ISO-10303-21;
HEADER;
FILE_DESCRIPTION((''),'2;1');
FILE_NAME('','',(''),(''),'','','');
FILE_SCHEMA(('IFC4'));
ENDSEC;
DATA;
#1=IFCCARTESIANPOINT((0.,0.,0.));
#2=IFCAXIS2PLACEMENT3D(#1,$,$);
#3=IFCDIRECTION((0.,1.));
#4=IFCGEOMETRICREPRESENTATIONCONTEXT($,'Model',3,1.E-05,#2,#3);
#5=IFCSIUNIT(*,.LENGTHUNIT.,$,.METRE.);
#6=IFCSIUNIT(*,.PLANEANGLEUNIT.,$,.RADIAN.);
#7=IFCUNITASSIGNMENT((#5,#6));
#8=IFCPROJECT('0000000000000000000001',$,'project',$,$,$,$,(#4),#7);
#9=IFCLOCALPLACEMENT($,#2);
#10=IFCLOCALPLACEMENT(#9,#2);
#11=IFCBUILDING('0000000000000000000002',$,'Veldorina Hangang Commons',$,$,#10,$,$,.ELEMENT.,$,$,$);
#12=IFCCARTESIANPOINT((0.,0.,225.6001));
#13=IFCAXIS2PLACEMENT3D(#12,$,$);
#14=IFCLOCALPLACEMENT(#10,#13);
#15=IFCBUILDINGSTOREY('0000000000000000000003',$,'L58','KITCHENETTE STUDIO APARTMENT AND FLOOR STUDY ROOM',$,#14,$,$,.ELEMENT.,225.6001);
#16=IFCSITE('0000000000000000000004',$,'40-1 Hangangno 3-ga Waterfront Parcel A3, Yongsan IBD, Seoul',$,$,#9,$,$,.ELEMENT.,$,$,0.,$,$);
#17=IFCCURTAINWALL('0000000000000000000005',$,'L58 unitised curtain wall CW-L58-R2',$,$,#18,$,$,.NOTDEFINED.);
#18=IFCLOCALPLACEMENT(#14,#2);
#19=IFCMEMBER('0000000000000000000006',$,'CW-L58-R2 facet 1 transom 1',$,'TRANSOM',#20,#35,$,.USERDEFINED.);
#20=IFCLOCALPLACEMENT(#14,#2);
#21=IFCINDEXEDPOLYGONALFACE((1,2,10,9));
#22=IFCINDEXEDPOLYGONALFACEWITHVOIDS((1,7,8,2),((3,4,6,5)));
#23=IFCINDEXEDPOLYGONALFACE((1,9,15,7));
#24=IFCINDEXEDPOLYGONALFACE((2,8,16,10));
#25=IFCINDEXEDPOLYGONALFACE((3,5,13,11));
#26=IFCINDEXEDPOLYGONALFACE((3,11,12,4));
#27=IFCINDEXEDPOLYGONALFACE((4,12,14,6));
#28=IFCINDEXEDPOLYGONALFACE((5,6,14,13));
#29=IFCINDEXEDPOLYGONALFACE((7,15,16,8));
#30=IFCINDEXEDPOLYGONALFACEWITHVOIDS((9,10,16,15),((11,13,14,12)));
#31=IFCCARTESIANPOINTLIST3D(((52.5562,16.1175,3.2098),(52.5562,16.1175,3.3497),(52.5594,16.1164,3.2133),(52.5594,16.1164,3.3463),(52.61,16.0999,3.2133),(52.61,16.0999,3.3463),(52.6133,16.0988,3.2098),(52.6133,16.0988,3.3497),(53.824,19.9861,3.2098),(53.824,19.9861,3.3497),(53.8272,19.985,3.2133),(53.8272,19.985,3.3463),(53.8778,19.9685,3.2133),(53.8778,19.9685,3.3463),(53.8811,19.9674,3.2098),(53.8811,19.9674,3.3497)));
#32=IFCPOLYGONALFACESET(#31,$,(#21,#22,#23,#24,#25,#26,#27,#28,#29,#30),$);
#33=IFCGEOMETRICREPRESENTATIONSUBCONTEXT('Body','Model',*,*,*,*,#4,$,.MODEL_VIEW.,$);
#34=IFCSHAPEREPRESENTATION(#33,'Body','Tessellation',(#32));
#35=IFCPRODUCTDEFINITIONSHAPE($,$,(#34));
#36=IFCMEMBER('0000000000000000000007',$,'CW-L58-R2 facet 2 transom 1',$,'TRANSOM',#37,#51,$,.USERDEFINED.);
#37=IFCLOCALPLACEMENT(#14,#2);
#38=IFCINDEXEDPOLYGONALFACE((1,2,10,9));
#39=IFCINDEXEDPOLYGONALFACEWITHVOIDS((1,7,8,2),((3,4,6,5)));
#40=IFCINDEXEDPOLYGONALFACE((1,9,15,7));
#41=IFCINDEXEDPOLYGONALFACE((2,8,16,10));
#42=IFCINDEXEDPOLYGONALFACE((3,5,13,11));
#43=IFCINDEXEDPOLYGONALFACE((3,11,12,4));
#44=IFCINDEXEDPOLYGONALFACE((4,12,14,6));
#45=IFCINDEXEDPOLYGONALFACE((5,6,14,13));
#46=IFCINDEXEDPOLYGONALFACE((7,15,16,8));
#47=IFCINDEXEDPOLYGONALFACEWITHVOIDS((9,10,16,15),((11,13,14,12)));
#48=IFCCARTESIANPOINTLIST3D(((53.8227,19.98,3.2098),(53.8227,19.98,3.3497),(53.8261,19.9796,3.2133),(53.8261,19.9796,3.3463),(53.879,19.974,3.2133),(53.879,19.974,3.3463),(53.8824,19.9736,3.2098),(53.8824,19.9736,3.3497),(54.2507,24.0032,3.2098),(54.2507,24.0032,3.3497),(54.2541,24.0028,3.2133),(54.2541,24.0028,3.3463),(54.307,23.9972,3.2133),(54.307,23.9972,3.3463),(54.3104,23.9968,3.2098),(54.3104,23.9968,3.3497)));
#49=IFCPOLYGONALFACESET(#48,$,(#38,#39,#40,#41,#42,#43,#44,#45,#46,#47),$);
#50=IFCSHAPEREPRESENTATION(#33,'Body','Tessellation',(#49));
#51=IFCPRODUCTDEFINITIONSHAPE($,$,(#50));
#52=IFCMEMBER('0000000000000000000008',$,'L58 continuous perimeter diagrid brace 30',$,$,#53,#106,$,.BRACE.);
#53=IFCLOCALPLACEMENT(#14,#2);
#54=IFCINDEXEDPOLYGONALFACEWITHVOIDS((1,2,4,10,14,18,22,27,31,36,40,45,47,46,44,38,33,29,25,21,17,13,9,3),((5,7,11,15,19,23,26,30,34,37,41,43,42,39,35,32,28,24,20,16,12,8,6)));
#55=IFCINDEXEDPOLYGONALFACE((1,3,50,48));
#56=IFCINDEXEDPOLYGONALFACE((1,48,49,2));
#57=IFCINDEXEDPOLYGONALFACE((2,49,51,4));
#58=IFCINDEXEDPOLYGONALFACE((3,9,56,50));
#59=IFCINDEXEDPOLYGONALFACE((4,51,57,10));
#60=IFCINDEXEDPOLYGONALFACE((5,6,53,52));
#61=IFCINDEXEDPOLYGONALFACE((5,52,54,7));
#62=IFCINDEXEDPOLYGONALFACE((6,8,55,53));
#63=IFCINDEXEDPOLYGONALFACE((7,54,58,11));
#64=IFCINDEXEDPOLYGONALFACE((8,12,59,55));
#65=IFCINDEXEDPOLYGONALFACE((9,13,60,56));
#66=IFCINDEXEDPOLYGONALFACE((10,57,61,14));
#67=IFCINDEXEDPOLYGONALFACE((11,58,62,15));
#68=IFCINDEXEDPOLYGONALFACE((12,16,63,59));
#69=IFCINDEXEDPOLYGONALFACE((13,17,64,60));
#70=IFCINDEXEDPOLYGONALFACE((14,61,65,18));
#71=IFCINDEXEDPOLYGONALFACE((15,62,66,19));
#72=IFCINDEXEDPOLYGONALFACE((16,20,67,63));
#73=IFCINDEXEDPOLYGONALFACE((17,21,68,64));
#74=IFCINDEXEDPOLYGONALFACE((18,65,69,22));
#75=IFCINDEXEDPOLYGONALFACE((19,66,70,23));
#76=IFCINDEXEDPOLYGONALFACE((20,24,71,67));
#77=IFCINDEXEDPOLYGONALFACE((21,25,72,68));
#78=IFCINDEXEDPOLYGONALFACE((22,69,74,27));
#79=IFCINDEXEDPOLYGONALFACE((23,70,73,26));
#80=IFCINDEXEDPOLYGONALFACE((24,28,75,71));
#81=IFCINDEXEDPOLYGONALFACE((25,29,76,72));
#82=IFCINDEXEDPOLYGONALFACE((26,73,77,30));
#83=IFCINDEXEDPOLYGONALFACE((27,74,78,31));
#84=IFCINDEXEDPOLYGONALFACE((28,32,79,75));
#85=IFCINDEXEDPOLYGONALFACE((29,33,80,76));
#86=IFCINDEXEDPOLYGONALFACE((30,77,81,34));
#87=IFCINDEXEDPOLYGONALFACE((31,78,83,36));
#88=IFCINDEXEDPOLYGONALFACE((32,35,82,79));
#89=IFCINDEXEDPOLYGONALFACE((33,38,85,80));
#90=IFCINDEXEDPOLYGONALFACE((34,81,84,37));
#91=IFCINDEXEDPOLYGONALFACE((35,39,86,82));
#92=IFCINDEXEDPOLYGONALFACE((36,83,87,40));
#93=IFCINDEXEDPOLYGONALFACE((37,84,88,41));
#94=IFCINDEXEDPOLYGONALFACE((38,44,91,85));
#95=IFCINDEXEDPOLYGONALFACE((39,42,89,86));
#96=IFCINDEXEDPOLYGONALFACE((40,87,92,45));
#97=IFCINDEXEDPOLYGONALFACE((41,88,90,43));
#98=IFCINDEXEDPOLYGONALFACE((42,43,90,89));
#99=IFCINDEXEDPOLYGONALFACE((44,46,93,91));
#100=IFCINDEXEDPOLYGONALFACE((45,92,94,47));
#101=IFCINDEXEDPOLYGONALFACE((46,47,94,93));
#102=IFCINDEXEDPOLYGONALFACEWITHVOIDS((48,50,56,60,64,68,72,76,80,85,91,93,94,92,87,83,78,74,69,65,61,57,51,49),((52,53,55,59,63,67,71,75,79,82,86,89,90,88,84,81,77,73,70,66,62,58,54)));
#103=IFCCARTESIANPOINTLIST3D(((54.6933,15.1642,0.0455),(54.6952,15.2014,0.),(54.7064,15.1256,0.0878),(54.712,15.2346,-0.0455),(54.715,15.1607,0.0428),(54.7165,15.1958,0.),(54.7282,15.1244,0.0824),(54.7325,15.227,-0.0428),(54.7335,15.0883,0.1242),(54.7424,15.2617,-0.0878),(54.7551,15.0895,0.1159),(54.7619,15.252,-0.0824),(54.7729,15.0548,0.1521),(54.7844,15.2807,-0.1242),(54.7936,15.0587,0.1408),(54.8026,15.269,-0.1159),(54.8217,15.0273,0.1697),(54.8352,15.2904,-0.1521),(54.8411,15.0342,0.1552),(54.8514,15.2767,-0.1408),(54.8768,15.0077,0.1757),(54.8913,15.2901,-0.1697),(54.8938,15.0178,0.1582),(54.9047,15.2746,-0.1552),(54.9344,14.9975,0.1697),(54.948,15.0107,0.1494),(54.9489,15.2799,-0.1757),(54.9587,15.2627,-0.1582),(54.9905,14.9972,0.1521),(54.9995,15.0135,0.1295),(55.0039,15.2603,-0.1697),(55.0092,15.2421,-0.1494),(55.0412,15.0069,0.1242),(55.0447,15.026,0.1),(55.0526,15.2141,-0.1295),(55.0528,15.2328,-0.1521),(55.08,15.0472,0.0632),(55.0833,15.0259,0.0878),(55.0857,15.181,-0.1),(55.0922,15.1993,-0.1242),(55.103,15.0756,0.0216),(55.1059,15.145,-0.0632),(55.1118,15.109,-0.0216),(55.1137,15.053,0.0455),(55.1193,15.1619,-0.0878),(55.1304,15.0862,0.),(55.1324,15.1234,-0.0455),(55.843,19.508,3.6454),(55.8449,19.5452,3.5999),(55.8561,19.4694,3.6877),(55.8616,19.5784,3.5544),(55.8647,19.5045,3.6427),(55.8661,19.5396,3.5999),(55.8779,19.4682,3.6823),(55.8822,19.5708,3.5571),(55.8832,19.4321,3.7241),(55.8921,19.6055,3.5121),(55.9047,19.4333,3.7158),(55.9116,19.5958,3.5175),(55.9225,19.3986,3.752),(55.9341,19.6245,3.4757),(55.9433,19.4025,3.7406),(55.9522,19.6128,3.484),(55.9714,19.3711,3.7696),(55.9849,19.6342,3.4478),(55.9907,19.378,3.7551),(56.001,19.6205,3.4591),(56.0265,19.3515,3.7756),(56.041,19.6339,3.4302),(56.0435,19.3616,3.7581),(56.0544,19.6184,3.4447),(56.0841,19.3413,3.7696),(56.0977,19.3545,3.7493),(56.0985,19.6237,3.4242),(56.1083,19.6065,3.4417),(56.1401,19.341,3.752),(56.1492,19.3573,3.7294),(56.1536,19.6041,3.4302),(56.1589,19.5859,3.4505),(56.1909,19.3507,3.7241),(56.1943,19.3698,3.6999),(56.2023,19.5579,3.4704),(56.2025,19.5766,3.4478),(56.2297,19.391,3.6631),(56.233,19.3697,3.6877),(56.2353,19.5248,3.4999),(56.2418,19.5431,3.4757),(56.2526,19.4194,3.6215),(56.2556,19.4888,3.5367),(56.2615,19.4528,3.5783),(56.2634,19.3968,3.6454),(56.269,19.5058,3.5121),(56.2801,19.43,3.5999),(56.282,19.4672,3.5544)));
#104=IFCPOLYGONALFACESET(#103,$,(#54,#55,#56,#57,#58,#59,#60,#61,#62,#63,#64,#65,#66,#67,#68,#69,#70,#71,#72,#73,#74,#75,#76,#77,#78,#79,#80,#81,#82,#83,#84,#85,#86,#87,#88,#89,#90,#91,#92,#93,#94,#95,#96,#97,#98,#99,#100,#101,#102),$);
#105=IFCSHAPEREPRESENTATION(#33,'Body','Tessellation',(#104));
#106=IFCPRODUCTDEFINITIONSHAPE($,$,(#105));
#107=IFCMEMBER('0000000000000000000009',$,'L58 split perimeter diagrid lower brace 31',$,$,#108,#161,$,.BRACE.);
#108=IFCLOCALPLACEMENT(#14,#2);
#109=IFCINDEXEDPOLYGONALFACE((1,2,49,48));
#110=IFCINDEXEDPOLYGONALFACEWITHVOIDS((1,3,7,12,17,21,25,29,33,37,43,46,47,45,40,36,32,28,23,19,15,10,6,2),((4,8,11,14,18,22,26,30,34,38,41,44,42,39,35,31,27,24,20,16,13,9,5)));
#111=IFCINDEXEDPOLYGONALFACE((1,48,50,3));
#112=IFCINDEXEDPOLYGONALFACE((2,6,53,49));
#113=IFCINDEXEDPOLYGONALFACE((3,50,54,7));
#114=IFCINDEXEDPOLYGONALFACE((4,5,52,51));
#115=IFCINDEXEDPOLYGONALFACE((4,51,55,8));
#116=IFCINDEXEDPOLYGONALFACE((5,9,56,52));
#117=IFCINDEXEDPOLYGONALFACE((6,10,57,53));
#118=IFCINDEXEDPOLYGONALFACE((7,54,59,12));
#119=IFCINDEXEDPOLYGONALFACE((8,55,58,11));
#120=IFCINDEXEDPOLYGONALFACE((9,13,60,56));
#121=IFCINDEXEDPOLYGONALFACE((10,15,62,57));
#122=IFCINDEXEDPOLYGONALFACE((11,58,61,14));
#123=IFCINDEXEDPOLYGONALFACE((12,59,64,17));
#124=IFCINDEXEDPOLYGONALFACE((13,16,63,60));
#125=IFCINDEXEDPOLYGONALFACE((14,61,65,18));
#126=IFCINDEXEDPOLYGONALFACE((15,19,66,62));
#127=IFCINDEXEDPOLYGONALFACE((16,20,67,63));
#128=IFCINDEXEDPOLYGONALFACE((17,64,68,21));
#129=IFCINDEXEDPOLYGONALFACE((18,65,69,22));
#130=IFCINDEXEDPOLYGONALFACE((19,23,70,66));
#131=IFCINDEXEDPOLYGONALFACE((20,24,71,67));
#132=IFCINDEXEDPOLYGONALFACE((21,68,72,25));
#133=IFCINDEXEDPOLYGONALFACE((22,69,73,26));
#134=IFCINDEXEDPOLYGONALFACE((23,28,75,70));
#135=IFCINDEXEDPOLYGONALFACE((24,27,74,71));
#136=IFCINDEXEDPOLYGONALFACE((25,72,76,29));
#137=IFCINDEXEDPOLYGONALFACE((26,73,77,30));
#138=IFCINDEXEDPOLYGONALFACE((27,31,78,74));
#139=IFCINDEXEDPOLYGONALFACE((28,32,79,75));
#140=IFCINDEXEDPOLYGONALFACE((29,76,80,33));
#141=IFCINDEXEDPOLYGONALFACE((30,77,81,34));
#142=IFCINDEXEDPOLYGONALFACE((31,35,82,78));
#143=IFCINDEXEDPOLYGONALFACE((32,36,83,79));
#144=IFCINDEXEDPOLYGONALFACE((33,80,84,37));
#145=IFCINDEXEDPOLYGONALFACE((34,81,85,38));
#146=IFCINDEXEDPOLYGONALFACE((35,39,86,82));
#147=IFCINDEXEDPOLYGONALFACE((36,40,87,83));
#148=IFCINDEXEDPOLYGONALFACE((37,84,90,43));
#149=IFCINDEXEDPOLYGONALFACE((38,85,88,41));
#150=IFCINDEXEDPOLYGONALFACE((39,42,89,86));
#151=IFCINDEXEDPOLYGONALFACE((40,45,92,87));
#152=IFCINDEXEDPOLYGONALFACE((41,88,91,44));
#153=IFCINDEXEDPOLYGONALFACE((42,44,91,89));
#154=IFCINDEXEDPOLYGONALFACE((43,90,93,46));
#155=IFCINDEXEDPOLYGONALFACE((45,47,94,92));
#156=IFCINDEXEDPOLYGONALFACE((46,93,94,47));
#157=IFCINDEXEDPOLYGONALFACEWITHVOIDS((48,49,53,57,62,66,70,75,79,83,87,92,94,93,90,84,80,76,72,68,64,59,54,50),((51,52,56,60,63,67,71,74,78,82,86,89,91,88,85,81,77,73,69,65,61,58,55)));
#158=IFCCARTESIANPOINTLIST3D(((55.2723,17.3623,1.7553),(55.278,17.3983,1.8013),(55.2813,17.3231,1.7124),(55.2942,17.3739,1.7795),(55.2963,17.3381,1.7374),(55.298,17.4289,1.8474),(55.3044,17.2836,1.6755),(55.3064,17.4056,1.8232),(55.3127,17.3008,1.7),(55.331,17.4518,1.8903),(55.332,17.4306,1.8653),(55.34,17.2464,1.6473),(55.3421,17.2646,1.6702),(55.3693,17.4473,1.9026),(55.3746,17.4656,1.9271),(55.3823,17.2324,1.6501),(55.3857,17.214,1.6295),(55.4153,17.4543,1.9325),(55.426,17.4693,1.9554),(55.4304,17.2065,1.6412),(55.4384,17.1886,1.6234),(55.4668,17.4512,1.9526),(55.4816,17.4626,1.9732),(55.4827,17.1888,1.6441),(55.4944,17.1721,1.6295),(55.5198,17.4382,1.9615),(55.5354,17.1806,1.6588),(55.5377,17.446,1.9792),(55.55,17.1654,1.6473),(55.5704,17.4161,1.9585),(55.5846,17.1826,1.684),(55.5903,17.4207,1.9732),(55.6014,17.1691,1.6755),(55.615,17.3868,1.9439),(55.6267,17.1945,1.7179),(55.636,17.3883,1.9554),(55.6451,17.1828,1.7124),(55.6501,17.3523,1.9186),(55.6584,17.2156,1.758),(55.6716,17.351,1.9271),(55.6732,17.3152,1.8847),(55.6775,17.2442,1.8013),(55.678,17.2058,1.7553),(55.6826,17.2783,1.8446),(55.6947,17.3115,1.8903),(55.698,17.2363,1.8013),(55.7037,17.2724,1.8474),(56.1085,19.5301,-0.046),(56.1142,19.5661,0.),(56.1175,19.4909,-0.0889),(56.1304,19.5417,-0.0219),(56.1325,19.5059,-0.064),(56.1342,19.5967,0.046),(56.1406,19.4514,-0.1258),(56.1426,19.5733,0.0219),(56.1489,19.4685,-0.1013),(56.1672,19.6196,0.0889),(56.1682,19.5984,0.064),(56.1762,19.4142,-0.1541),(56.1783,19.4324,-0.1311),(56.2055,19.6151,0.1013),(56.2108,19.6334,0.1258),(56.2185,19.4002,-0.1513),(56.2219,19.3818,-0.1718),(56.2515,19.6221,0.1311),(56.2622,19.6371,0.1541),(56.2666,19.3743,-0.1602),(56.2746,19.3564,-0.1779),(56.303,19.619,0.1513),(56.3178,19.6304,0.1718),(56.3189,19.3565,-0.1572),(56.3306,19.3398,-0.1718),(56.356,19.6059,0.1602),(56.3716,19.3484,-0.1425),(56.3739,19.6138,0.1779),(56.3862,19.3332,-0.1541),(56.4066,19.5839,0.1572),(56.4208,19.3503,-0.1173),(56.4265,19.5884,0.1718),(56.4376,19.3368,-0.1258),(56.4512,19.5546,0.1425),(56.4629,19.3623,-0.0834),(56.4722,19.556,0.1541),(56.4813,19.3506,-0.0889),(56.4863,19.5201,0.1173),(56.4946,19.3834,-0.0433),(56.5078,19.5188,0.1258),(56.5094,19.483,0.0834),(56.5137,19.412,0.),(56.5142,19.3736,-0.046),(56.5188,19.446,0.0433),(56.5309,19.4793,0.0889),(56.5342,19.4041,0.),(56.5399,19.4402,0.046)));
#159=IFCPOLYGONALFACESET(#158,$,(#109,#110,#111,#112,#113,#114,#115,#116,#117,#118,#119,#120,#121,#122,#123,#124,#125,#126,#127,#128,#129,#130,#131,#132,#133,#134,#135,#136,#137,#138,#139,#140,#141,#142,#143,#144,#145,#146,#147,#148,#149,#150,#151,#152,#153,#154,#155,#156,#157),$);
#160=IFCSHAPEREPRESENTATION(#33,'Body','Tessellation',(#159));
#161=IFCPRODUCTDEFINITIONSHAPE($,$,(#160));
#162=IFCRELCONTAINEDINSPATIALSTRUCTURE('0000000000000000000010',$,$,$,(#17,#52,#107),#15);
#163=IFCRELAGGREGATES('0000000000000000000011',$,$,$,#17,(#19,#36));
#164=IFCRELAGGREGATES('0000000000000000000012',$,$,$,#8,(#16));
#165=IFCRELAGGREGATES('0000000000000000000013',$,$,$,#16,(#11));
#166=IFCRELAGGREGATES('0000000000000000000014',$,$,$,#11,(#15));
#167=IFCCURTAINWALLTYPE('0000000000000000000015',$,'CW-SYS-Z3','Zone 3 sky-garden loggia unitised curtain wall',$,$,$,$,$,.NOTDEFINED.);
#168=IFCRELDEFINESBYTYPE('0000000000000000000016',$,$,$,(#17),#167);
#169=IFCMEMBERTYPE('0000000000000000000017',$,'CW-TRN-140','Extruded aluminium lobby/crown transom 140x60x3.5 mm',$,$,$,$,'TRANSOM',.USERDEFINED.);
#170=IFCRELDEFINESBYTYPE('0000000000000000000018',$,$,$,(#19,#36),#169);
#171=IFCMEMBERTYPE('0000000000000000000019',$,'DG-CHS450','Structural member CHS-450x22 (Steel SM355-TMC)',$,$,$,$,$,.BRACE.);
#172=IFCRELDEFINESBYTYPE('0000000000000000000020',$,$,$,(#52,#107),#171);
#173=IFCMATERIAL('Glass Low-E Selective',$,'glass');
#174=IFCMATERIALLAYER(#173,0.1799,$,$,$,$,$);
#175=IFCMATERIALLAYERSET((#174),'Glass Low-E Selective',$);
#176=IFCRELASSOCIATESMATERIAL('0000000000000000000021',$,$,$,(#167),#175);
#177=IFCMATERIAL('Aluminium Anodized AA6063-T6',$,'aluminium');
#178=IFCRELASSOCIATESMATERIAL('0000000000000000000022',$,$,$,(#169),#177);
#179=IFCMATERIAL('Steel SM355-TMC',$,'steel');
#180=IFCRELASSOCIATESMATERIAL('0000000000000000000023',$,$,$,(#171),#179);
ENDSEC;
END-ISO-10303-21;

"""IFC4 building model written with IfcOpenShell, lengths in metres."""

from ifc_helpers import new_model, si_unit, direction, frame, origin, origin_2d, place, context, subcontext, project, spatial, hollow_rectangle, hollow_circle, extrude, material, layer, layer_set, material_profile, profile_set, type_object, element, aggregate, save


model = new_model("IFC4")

# Units and contexts
model_context = context("Model", 3, precision=1e-05, world=origin(), true_north=direction((0.0, 1.0)))
body_context = subcontext(model_context, "Body", "Model", "MODEL_VIEW")
ifc_project = project(units=[si_unit("LENGTHUNIT", "METRE"), si_unit("PLANEANGLEUNIT", "RADIAN")], contexts=[model_context])

# Site, building, storey
site_placement = place(None, origin())
site = spatial("IfcSite", under=ifc_project, at=site_placement, Name="40-1 Hangangno 3-ga Waterfront Parcel A3, Yongsan IBD, Seoul", CompositionType="ELEMENT", RefElevation=0.0)
building_placement = place(site_placement, origin())
building = spatial("IfcBuilding", under=site, at=building_placement, Name="Veldorina Hangang Commons", CompositionType="ELEMENT")
storey_placement = place(building_placement, frame((0.0, 0.0, 225.6001)))
storey = spatial("IfcBuildingStorey", under=building, at=storey_placement, Name="L58", Description="KITCHENETTE STUDIO APARTMENT AND FLOOR STUDY ROOM", CompositionType="ELEMENT", Elevation=225.6001)

# Shared definitions
ifc_material_1 = material(Name="Steel SM355-TMC", Category="steel")

# Shared definitions
ifc_material_2 = material(Name="Glass Low-E Selective", Category="glass")
ifc_layer_1 = layer(ifc_material_2, 0.1799)
ifc_layer_set_1 = layer_set([ifc_layer_1], Name="Glass Low-E Selective")
curtain_wall_type = type_object("IfcCurtainWallType", Name="CW-SYS-Z3", Description="Zone 3 sky-garden loggia unitised curtain wall", PredefinedType="NOTDEFINED", material=ifc_layer_set_1)
ifc_material_3 = material(Name="Aluminium Anodized AA6063-T6", Category="aluminium")

# Curtain wall, members
curtain_wall_1_placement = place(storey_placement, origin())
curtain_wall_1 = element("IfcCurtainWall", 1, at=curtain_wall_1_placement, inside=storey, type_object=curtain_wall_type, Name="L58 unitised curtain wall CW-L58-R2", PredefinedType="NOTDEFINED")
ifc_material_profile_1 = material_profile(ifc_material_3, hollow_rectangle(XDim=0.0601, YDim=0.1399, WallThickness=0.0034, at=origin_2d()), Name="ALU-RHS-140x60x3.5")
ifc_profile_set_1 = profile_set([ifc_material_profile_1], Name="Aluminium Anodized AA6063-T6")
member_type_1 = type_object("IfcMemberType", Name="CW-TRN-140", Description="Extruded aluminium lobby/crown transom 140x60x3.5 mm", ElementType="TRANSOM", PredefinedType="USERDEFINED", material=ifc_profile_set_1)
member_1_placement = place(storey_placement, frame((52.5847, 16.1082, 3.2798), z_axis=(0.31142, 0.950272, 0.0), x_axis=(-0.950272, 0.31142, 0.0)))
member_1 = element("IfcMember", 2, at=member_1_placement, type_object=member_type_1, Name="CW-L58-R2 facet 1 transom 1", ObjectType="TRANSOM", PredefinedType="USERDEFINED", context=body_context, shape_type="SweptSolid", body=[
    extrude(hollow_rectangle(XDim=0.0601, YDim=0.1399, WallThickness=0.0034, at=origin_2d()), origin(), (0.0, 0.0, 1.0), 4.071),
])
member_2_placement = place(storey_placement, frame((53.8525, 19.9768, 3.2798), z_axis=(0.105781, 0.994389, 0.0), x_axis=(-0.994389, 0.105781, 0.0)))
member_2 = element("IfcMember", 3, at=member_2_placement, type_object=member_type_1, Name="CW-L58-R2 facet 2 transom 1", ObjectType="TRANSOM", PredefinedType="USERDEFINED", context=body_context, shape_type="SweptSolid", body=[
    extrude(hollow_rectangle(XDim=0.0601, YDim=0.1399, WallThickness=0.0034, at=origin_2d()), origin(), (0.0, 0.0, 1.0), 4.0459),
])

# Members
ifc_material_profile_2 = material_profile(ifc_material_1, hollow_circle(Radius=0.2251, WallThickness=0.022, at=origin_2d()), Name="CHS-450x22")
ifc_profile_set_2 = profile_set([ifc_material_profile_2], Name="Steel SM355-TMC")
member_type_2 = type_object("IfcMemberType", Name="DG-CHS450", Description="Structural member CHS-450x22 (Steel SM355-TMC)", PredefinedType="BRACE", material=ifc_profile_set_2)
member_3_placement = place(storey_placement, frame((54.9128, 15.1438, 0.0), z_axis=(0.19968, 0.754451, 0.625246), x_axis=(-0.966714, 0.25586, 0.0)))
element("IfcMember", 4, at=member_3_placement, inside=storey, type_object=member_type_2, Name="L58 continuous perimeter diagrid brace 30", PredefinedType="BRACE", context=body_context, shape_type="SweptSolid", body=[
    extrude(hollow_circle(Radius=0.2251, WallThickness=0.022, at=origin_2d()), origin(), (0.0, 0.0, 1.0), 5.7576),
])
member_4_placement = place(storey_placement, frame((56.3242, 19.4851, 0.0), z_axis=(-0.284429, -0.737355, 0.612705), x_axis=(0.932993, -0.359894, 0.0)))
element("IfcMember", 5, at=member_4_placement, inside=storey, type_object=member_type_2, Name="L58 split perimeter diagrid lower brace 31", PredefinedType="BRACE", context=body_context, shape_type="SweptSolid", body=[
    extrude(hollow_circle(Radius=0.2251, WallThickness=0.022, at=origin_2d()), origin(), (0.0, 0.0, 1.0), 2.9399),
])

aggregate(curtain_wall_1, [member_1, member_2])

save(model, "model.ifc")
